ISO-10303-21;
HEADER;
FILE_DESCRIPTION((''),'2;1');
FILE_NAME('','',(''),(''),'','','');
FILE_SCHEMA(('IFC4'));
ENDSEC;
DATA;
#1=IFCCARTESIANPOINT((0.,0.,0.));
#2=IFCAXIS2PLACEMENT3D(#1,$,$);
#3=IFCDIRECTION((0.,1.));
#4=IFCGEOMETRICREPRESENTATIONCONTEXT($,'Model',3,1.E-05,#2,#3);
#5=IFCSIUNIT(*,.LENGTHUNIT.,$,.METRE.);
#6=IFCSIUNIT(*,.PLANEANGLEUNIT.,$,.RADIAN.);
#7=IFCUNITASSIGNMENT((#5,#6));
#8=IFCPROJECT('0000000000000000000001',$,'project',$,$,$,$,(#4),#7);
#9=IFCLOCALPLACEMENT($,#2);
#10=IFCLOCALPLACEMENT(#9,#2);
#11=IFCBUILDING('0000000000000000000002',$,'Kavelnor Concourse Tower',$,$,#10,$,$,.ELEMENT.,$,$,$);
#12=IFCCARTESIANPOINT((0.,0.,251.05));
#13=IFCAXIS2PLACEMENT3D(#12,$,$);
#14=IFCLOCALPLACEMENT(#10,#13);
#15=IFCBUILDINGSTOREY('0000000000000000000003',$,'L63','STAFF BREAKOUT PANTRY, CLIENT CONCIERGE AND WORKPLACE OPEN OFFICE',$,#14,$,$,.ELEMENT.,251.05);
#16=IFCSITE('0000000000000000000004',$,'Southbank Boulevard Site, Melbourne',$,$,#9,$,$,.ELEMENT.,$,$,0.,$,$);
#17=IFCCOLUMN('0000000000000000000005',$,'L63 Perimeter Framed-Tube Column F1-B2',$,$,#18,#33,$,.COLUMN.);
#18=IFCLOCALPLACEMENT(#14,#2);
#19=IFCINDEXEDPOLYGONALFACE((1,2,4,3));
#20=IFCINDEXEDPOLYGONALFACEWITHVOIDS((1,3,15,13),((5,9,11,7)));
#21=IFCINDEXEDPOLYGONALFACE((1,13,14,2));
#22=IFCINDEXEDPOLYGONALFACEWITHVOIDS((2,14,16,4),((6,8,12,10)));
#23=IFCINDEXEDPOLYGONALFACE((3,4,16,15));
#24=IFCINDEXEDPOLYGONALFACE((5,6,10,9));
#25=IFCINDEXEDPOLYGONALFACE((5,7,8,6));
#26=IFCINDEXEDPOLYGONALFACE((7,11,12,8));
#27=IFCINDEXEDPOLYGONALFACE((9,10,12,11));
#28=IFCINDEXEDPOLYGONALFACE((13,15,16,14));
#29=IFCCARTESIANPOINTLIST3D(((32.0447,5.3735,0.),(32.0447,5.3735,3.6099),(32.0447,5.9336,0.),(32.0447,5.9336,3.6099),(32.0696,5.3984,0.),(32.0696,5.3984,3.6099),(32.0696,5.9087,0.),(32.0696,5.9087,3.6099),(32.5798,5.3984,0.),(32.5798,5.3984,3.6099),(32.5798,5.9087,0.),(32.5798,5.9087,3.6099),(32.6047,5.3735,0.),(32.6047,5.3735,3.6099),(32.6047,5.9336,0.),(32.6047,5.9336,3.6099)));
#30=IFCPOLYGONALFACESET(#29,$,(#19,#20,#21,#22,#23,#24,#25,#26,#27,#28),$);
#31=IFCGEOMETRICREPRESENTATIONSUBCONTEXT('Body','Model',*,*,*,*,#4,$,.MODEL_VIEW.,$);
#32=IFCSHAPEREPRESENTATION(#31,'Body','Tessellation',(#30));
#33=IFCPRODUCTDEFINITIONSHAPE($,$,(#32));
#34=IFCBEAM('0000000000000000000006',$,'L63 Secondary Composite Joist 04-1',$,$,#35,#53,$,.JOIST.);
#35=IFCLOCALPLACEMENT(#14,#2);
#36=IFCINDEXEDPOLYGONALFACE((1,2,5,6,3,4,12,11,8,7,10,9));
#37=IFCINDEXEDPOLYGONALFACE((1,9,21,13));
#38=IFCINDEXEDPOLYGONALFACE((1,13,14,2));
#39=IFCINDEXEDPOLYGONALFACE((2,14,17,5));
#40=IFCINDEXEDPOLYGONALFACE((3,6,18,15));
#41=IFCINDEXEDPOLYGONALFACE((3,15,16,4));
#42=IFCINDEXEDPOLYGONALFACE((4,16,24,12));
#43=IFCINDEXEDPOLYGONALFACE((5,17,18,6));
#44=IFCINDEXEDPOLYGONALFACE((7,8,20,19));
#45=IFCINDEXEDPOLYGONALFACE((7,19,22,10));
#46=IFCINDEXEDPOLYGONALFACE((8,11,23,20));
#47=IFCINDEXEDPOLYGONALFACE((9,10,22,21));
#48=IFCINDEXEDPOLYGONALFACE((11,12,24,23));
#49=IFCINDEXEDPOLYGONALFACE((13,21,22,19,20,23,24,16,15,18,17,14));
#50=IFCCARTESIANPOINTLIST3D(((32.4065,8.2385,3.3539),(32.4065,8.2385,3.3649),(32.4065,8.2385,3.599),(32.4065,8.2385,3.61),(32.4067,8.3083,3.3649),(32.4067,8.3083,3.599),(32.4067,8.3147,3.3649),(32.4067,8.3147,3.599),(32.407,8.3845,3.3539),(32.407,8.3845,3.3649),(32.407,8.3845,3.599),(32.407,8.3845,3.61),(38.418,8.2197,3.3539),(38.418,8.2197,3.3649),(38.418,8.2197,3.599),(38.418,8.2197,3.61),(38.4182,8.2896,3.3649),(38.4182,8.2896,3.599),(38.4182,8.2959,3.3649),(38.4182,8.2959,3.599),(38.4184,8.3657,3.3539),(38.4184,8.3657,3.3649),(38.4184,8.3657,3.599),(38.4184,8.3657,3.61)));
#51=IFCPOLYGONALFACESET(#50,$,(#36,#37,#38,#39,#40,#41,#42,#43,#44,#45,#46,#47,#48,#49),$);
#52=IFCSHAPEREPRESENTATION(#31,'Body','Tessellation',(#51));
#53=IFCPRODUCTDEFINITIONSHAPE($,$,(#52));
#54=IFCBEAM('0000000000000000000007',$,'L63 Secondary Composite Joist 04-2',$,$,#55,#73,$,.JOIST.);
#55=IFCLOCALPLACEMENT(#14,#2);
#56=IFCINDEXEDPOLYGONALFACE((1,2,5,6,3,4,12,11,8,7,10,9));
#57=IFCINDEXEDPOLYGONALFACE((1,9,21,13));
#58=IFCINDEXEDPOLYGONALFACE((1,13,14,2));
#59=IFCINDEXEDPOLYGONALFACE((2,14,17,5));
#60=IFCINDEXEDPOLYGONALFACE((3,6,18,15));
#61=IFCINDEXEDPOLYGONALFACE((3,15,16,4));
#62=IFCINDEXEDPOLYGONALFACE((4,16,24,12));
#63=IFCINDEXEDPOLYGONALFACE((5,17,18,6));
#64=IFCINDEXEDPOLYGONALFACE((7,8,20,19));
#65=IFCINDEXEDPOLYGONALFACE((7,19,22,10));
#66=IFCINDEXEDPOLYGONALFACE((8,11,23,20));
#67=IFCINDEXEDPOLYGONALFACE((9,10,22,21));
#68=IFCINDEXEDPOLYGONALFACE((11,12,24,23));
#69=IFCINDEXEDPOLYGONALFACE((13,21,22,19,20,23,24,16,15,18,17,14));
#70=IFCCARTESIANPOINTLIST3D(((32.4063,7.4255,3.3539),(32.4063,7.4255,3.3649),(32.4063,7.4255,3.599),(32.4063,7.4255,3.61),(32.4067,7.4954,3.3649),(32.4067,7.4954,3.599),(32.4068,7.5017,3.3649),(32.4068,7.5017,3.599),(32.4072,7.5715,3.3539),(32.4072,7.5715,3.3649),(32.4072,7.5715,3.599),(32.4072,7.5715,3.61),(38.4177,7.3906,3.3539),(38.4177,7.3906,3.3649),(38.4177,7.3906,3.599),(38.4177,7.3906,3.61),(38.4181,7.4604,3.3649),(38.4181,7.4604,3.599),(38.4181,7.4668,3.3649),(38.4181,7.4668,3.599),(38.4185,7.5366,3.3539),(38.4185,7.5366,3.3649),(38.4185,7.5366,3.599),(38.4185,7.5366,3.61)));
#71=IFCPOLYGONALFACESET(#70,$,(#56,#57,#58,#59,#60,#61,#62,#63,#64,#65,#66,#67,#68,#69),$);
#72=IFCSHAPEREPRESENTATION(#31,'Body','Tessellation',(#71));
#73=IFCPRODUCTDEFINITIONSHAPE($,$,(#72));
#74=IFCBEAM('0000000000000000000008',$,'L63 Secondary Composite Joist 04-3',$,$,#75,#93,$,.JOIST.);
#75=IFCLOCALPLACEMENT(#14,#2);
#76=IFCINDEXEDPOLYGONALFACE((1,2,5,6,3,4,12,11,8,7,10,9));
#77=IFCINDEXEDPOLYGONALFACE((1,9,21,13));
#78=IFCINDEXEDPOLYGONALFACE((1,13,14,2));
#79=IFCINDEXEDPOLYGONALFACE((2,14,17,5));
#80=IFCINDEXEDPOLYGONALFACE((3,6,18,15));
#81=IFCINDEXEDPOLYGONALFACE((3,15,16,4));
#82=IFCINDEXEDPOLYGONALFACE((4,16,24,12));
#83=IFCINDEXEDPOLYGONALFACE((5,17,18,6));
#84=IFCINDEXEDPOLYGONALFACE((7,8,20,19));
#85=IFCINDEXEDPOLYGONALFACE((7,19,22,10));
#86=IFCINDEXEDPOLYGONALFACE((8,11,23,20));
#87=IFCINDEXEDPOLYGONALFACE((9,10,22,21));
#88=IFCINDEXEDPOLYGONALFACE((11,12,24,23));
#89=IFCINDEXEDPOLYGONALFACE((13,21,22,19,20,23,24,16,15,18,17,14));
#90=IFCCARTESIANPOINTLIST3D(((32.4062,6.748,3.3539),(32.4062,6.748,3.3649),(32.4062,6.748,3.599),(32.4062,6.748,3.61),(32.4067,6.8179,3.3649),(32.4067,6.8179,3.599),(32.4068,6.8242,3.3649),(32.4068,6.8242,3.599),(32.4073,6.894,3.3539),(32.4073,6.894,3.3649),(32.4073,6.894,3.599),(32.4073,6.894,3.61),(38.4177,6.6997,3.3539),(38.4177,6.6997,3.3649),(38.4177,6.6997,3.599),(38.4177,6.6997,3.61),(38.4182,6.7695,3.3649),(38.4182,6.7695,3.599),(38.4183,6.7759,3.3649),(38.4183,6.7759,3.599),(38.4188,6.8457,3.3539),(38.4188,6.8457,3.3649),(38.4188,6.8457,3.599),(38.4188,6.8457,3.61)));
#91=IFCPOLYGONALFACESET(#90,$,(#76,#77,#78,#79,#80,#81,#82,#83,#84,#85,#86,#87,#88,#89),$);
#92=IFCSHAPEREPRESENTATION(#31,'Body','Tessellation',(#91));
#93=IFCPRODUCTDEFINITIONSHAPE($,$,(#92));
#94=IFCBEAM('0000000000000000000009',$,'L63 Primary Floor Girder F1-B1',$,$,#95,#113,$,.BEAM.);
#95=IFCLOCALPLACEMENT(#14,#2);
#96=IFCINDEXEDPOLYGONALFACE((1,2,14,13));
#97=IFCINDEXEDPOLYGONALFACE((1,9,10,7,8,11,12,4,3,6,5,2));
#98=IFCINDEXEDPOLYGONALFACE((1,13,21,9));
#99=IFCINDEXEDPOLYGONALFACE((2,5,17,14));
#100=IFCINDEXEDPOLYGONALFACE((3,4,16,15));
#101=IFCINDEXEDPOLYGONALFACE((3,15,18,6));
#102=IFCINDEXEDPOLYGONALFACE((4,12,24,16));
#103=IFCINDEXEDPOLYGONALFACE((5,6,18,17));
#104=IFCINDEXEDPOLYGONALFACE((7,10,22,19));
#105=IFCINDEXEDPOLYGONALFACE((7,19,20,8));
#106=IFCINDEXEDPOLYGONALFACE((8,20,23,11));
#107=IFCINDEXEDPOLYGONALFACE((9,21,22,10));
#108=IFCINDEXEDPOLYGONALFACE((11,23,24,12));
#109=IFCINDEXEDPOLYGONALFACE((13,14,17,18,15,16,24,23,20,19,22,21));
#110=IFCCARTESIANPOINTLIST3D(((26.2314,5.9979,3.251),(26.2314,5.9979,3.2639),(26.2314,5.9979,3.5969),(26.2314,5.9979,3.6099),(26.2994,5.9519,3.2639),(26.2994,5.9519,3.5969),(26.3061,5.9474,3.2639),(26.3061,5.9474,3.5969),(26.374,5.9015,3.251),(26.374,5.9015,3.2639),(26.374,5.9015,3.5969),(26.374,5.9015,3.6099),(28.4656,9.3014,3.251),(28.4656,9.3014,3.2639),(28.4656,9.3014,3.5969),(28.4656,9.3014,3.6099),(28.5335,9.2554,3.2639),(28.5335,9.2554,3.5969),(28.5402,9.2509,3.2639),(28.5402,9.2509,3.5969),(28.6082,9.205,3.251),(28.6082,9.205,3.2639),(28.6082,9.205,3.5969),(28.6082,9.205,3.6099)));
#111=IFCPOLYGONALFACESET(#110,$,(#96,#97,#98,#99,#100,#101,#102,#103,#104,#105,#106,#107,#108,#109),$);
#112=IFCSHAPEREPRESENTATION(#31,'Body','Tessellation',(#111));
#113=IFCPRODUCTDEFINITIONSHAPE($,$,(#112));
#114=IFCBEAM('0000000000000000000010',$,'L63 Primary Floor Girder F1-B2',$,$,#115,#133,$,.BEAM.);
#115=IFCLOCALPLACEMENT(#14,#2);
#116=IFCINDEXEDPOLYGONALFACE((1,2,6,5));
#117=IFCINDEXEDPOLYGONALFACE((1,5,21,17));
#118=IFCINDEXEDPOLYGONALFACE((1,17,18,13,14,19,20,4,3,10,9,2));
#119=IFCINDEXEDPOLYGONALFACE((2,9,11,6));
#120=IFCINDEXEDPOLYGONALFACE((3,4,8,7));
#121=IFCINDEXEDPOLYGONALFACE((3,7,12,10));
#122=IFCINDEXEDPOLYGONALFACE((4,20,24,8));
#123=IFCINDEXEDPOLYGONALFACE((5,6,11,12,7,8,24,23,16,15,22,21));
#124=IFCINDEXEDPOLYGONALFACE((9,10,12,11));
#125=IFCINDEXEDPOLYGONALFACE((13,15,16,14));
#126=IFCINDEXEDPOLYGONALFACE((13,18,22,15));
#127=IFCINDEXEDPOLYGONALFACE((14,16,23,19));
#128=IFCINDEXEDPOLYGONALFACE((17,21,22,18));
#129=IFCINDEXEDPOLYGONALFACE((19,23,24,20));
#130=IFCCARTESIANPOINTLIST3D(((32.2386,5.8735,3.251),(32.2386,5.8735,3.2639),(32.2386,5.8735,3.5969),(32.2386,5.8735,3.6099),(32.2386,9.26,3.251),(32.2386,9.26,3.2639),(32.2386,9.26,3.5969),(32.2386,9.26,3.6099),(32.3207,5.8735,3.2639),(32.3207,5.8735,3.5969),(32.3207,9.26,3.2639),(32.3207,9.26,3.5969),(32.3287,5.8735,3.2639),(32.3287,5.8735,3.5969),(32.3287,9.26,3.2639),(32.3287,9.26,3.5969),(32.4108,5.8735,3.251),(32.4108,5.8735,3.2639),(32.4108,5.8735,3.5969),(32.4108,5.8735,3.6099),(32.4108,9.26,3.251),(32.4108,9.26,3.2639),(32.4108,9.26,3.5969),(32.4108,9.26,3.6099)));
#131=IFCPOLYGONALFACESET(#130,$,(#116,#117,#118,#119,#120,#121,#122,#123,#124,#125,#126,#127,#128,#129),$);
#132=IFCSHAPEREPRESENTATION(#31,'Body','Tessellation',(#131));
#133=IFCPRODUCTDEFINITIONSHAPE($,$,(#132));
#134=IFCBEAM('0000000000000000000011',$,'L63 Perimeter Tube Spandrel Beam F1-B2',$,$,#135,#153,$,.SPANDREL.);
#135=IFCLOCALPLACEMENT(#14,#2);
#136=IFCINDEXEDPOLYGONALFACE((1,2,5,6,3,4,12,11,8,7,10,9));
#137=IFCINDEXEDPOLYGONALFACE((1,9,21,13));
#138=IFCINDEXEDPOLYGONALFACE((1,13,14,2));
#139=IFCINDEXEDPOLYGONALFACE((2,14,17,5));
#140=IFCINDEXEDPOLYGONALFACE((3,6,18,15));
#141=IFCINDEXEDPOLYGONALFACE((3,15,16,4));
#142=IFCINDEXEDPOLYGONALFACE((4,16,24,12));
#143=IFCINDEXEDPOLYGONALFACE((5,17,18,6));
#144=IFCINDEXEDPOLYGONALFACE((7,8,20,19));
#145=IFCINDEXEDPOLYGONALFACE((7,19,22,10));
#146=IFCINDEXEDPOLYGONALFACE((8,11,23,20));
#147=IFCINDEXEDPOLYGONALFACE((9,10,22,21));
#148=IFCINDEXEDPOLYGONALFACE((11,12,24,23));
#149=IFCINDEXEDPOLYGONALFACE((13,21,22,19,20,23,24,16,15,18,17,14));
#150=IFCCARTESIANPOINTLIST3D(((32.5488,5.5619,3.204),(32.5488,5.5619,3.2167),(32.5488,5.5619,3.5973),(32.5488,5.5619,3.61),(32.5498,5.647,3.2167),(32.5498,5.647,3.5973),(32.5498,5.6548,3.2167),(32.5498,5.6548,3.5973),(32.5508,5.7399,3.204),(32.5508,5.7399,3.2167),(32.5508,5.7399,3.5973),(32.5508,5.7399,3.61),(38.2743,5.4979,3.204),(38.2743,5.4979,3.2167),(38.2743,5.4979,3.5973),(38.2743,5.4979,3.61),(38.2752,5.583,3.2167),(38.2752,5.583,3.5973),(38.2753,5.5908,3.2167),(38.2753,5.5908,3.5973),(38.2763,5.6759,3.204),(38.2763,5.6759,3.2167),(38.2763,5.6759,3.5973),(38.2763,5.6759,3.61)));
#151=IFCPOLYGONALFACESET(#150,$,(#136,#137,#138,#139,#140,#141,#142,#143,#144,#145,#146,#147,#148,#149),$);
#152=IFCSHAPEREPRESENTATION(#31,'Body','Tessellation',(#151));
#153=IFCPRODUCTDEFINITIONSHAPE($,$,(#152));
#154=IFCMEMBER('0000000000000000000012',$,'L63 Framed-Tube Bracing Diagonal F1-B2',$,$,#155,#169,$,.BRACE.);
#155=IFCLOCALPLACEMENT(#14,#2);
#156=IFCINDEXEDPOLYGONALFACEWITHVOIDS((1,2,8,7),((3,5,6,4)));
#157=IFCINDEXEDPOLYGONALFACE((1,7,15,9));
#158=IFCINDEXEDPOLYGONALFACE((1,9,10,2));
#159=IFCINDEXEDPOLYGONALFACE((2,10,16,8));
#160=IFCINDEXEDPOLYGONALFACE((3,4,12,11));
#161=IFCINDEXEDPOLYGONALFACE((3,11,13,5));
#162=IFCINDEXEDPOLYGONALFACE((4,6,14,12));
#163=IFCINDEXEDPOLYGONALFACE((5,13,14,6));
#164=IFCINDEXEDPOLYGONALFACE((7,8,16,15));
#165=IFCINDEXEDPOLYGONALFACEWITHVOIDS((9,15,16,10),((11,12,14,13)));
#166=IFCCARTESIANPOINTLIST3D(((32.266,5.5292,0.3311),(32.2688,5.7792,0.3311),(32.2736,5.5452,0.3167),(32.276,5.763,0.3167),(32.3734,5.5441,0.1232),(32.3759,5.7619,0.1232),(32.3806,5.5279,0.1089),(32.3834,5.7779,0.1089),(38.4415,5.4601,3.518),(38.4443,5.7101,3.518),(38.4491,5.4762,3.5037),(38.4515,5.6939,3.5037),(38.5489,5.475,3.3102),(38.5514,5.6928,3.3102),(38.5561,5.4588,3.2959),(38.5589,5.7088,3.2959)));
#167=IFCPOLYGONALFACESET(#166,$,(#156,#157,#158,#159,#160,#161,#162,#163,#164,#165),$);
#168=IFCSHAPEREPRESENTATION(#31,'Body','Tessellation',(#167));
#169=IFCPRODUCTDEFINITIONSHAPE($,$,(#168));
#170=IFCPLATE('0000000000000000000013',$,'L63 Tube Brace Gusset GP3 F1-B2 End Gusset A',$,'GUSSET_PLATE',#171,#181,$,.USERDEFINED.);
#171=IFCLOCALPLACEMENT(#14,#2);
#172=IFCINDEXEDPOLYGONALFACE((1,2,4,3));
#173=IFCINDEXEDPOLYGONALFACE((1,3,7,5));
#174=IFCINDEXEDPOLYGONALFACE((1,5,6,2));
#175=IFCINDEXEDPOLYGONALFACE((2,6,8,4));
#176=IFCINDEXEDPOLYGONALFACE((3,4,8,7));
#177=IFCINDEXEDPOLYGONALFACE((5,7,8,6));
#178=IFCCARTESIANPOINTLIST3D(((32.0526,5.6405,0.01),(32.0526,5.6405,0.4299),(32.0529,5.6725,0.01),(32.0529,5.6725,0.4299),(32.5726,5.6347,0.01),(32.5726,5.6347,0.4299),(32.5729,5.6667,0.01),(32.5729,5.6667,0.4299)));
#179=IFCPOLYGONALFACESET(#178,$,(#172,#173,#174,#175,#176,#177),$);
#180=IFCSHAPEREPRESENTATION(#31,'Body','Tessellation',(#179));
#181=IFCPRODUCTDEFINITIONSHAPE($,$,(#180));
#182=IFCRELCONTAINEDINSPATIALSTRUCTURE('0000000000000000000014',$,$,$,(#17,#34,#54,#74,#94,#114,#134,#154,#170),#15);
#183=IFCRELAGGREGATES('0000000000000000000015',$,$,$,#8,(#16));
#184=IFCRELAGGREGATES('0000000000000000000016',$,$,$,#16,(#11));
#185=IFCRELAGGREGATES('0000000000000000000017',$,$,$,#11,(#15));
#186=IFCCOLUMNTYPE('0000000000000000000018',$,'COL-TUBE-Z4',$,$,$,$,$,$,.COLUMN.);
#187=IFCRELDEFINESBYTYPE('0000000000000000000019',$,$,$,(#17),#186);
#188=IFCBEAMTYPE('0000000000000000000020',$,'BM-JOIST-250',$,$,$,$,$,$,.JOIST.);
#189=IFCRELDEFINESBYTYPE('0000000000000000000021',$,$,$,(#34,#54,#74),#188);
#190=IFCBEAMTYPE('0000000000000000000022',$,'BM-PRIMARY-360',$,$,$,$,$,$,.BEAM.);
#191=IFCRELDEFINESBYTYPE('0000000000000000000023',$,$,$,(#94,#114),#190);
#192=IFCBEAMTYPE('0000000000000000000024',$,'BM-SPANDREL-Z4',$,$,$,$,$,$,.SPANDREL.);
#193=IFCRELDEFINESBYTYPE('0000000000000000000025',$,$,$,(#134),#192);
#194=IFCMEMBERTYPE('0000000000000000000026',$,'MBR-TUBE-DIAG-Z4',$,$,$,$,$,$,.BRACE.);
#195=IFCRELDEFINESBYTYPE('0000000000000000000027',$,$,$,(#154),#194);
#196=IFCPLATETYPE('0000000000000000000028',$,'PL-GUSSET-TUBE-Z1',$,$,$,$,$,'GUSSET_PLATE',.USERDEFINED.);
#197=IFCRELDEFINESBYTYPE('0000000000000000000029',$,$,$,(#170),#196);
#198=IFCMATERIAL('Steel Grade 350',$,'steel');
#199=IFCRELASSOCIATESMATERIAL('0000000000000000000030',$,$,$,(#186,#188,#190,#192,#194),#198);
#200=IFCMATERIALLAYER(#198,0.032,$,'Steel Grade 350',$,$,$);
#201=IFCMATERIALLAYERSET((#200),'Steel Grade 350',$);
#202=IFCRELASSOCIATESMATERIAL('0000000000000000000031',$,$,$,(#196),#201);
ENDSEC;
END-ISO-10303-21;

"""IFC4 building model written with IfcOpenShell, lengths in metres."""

from ifc_helpers import new_model, si_unit, direction, frame, origin, origin_2d, place, context, subcontext, project, spatial, rectangle, hollow_rectangle, i_section, extrude, material, layer, layer_set, material_profile, profile_set, type_object, element, save


model = new_model("IFC4")

# Units and contexts
model_context = context("Model", 3, precision=1e-05, world=origin(), true_north=direction((0.0, 1.0)))
body_context = subcontext(model_context, "Body", "Model", "MODEL_VIEW")
ifc_project = project(units=[si_unit("LENGTHUNIT", "METRE"), si_unit("PLANEANGLEUNIT", "RADIAN")], contexts=[model_context])

# Site, building, storey
site_placement = place(None, origin())
site = spatial("IfcSite", under=ifc_project, at=site_placement, Name="Southbank Boulevard Site, Melbourne", CompositionType="ELEMENT", RefElevation=0.0)
building_placement = place(site_placement, origin())
building = spatial("IfcBuilding", under=site, at=building_placement, Name="Kavelnor Concourse Tower", CompositionType="ELEMENT")
storey_placement = place(building_placement, frame((0.0, 0.0, 251.05)))
storey = spatial("IfcBuildingStorey", under=building, at=storey_placement, Name="L63", Description="STAFF BREAKOUT PANTRY, CLIENT CONCIERGE AND WORKPLACE OPEN OFFICE", CompositionType="ELEMENT", Elevation=251.05)

# Column
ifc_material_1 = material(Name="Steel Grade 350", Category="steel")
ifc_material_profile_1 = material_profile(ifc_material_1, hollow_rectangle(XDim=0.5601, YDim=0.5601, WallThickness=0.0249, at=origin_2d()), Name="SHS 560x560x25")
ifc_profile_set_1 = profile_set([ifc_material_profile_1], Name="Steel Grade 350")
column_type = type_object("IfcColumnType", Name="COL-TUBE-Z4", PredefinedType="COLUMN", material=ifc_profile_set_1)
column_placement = place(storey_placement, frame((32.3247, 5.6536, 0.0), z_axis=(0.0, 0.0, 1.0), x_axis=(1.0, 0.0, 0.0)))
element("IfcColumn", 1, at=column_placement, inside=storey, type_object=column_type, Name="L63 Perimeter Framed-Tube Column F1-B2", PredefinedType="COLUMN", context=body_context, shape_type="SweptSolid", body=[
    extrude(hollow_rectangle(XDim=0.5601, YDim=0.5601, WallThickness=0.0249, at=origin_2d()), origin(), (0.0, 0.0, 1.0), 3.6099),
])

# Beams
ifc_material_profile_2 = material_profile(ifc_material_1, i_section(OverallWidth=0.146, OverallDepth=0.2561, WebThickness=0.0063, FlangeThickness=0.011, at=origin_2d()), Name="250UB37")
ifc_profile_set_2 = profile_set([ifc_material_profile_2], Name="Steel Grade 350")
beam_type_1 = type_object("IfcBeamType", Name="BM-JOIST-250", PredefinedType="JOIST", material=ifc_profile_set_2)
for number, where, z_axis, x_axis, name in (
    (2, (32.4067, 8.3115, 3.4819), (0.999995, -0.003127, 0.0), (0.003127, 0.999995, 0.0), "L63 Secondary Composite Joist 04-1"),
    (3, (32.4067, 7.4985, 3.4819), (0.999983, -0.005807, 0.0), (0.005807, 0.999983, 0.0), "L63 Secondary Composite Joist 04-2"),
):
    element("IfcBeam", number, at=place(storey_placement, frame(where, z_axis=z_axis, x_axis=x_axis)), inside=storey, type_object=beam_type_1, Name=name, PredefinedType="JOIST", context=body_context, shape_type="SweptSolid", body=[
        extrude(i_section(OverallWidth=0.146, OverallDepth=0.2561, WebThickness=0.0063, FlangeThickness=0.011, at=origin_2d()), origin(), (0.0, 0.0, 1.0), 6.0115),
    ])
beam_1_placement = place(storey_placement, frame((32.4067, 6.821, 3.4819), z_axis=(0.999968, -0.008041, 0.0), x_axis=(0.008041, 0.999968, 0.0)))
element("IfcBeam", 4, at=beam_1_placement, inside=storey, type_object=beam_type_1, Name="L63 Secondary Composite Joist 04-3", PredefinedType="JOIST", context=body_context, shape_type="SweptSolid", body=[
    extrude(i_section(OverallWidth=0.146, OverallDepth=0.2561, WebThickness=0.0063, FlangeThickness=0.011, at=origin_2d()), origin(), (0.0, 0.0, 1.0), 6.0117),
])
ifc_material_profile_3 = material_profile(ifc_material_1, i_section(OverallWidth=0.1721, OverallDepth=0.3589, WebThickness=0.0081, FlangeThickness=0.0129, at=origin_2d()), Name="360UB56")
ifc_profile_set_3 = profile_set([ifc_material_profile_3], Name="Steel Grade 350")
beam_type_2 = type_object("IfcBeamType", Name="BM-PRIMARY-360", PredefinedType="BEAM", material=ifc_profile_set_3)
beam_2_placement = place(storey_placement, frame((28.5369, 9.2532, 3.4304), z_axis=(-0.560212, -0.828349, 0.0), x_axis=(0.828349, -0.560212, 0.0)))
element("IfcBeam", 5, at=beam_2_placement, inside=storey, type_object=beam_type_2, Name="L63 Primary Floor Girder F1-B1", PredefinedType="BEAM", context=body_context, shape_type="SweptSolid", body=[
    extrude(i_section(OverallWidth=0.1721, OverallDepth=0.3589, WebThickness=0.0081, FlangeThickness=0.0129, at=origin_2d()), origin(), (0.0, 0.0, 1.0), 3.988),
])
beam_3_placement = place(storey_placement, frame((32.3247, 9.26, 3.4304), z_axis=(0.0, -1.0, 0.0), x_axis=(1.0, 0.0, 0.0)))
element("IfcBeam", 6, at=beam_3_placement, inside=storey, type_object=beam_type_2, Name="L63 Primary Floor Girder F1-B2", PredefinedType="BEAM", context=body_context, shape_type="SweptSolid", body=[
    extrude(i_section(OverallWidth=0.1721, OverallDepth=0.3589, WebThickness=0.0081, FlangeThickness=0.0129, at=origin_2d()), origin(), (0.0, 0.0, 1.0), 3.3865),
])
ifc_material_profile_4 = material_profile(ifc_material_1, i_section(OverallWidth=0.178, OverallDepth=0.406, WebThickness=0.0078, FlangeThickness=0.0127, at=origin_2d()), Name="410UB59")
ifc_profile_set_4 = profile_set([ifc_material_profile_4], Name="Steel Grade 350")
beam_type_3 = type_object("IfcBeamType", Name="BM-SPANDREL-Z4", PredefinedType="SPANDREL", material=ifc_profile_set_4)
beam_4_placement = place(storey_placement, frame((32.5498, 5.6509, 3.407), z_axis=(0.999938, -0.011171, 0.0), x_axis=(0.011171, 0.999938, 0.0)))
element("IfcBeam", 7, at=beam_4_placement, inside=storey, type_object=beam_type_3, Name="L63 Perimeter Tube Spandrel Beam F1-B2", PredefinedType="SPANDREL", context=body_context, shape_type="SweptSolid", body=[
    extrude(i_section(OverallWidth=0.178, OverallDepth=0.406, WebThickness=0.0078, FlangeThickness=0.0127, at=origin_2d()), origin(), (0.0, 0.0, 1.0), 5.7258),
])

# Member
ifc_material_profile_5 = material_profile(ifc_material_1, hollow_rectangle(XDim=0.25, YDim=0.25, WallThickness=0.0161, at=origin_2d()), Name="SHS 250x250x16")
ifc_profile_set_5 = profile_set([ifc_material_profile_5], Name="Steel Grade 350")
member_type = type_object("IfcMemberType", Name="MBR-TUBE-DIAG-Z4", PredefinedType="BRACE", material=ifc_profile_set_5)
member_placement = place(storey_placement, frame((32.3247, 5.6536, 0.22), z_axis=(0.888598, -0.009942, 0.458579), x_axis=(0.011187, 0.999937, 0.0)))
element("IfcMember", 8, at=member_placement, inside=storey, type_object=member_type, Name="L63 Framed-Tube Bracing Diagonal F1-B2", PredefinedType="BRACE", context=body_context, shape_type="SweptSolid", body=[
    extrude(hollow_rectangle(XDim=0.25, YDim=0.25, WallThickness=0.0161, at=origin_2d()), origin(), (0.0, 0.0, 1.0), 6.9497),
])

# Plate
ifc_layer_1 = layer(ifc_material_1, 0.032, Name="Steel Grade 350")
ifc_layer_set_1 = layer_set([ifc_layer_1], Name="Steel Grade 350")
plate_type = type_object("IfcPlateType", Name="PL-GUSSET-TUBE-Z1", ElementType="GUSSET_PLATE", PredefinedType="USERDEFINED", material=ifc_layer_set_1)
plate_placement = place(storey_placement, frame((32.3127, 5.6536, 0.01), z_axis=(0.0, 0.0, 1.0), x_axis=(0.999938, -0.01117, 0.0)))
element("IfcPlate", 9, at=plate_placement, inside=storey, type_object=plate_type, Name="L63 Tube Brace Gusset GP3 F1-B2 End Gusset A", ObjectType="GUSSET_PLATE", PredefinedType="USERDEFINED", context=body_context, shape_type="SweptSolid", body=[
    extrude(rectangle(XDim=0.52, YDim=0.032, at=origin_2d()), origin(), (0.0, 0.0, 1.0), 0.4199),
])

save(model, "model.ifc")
